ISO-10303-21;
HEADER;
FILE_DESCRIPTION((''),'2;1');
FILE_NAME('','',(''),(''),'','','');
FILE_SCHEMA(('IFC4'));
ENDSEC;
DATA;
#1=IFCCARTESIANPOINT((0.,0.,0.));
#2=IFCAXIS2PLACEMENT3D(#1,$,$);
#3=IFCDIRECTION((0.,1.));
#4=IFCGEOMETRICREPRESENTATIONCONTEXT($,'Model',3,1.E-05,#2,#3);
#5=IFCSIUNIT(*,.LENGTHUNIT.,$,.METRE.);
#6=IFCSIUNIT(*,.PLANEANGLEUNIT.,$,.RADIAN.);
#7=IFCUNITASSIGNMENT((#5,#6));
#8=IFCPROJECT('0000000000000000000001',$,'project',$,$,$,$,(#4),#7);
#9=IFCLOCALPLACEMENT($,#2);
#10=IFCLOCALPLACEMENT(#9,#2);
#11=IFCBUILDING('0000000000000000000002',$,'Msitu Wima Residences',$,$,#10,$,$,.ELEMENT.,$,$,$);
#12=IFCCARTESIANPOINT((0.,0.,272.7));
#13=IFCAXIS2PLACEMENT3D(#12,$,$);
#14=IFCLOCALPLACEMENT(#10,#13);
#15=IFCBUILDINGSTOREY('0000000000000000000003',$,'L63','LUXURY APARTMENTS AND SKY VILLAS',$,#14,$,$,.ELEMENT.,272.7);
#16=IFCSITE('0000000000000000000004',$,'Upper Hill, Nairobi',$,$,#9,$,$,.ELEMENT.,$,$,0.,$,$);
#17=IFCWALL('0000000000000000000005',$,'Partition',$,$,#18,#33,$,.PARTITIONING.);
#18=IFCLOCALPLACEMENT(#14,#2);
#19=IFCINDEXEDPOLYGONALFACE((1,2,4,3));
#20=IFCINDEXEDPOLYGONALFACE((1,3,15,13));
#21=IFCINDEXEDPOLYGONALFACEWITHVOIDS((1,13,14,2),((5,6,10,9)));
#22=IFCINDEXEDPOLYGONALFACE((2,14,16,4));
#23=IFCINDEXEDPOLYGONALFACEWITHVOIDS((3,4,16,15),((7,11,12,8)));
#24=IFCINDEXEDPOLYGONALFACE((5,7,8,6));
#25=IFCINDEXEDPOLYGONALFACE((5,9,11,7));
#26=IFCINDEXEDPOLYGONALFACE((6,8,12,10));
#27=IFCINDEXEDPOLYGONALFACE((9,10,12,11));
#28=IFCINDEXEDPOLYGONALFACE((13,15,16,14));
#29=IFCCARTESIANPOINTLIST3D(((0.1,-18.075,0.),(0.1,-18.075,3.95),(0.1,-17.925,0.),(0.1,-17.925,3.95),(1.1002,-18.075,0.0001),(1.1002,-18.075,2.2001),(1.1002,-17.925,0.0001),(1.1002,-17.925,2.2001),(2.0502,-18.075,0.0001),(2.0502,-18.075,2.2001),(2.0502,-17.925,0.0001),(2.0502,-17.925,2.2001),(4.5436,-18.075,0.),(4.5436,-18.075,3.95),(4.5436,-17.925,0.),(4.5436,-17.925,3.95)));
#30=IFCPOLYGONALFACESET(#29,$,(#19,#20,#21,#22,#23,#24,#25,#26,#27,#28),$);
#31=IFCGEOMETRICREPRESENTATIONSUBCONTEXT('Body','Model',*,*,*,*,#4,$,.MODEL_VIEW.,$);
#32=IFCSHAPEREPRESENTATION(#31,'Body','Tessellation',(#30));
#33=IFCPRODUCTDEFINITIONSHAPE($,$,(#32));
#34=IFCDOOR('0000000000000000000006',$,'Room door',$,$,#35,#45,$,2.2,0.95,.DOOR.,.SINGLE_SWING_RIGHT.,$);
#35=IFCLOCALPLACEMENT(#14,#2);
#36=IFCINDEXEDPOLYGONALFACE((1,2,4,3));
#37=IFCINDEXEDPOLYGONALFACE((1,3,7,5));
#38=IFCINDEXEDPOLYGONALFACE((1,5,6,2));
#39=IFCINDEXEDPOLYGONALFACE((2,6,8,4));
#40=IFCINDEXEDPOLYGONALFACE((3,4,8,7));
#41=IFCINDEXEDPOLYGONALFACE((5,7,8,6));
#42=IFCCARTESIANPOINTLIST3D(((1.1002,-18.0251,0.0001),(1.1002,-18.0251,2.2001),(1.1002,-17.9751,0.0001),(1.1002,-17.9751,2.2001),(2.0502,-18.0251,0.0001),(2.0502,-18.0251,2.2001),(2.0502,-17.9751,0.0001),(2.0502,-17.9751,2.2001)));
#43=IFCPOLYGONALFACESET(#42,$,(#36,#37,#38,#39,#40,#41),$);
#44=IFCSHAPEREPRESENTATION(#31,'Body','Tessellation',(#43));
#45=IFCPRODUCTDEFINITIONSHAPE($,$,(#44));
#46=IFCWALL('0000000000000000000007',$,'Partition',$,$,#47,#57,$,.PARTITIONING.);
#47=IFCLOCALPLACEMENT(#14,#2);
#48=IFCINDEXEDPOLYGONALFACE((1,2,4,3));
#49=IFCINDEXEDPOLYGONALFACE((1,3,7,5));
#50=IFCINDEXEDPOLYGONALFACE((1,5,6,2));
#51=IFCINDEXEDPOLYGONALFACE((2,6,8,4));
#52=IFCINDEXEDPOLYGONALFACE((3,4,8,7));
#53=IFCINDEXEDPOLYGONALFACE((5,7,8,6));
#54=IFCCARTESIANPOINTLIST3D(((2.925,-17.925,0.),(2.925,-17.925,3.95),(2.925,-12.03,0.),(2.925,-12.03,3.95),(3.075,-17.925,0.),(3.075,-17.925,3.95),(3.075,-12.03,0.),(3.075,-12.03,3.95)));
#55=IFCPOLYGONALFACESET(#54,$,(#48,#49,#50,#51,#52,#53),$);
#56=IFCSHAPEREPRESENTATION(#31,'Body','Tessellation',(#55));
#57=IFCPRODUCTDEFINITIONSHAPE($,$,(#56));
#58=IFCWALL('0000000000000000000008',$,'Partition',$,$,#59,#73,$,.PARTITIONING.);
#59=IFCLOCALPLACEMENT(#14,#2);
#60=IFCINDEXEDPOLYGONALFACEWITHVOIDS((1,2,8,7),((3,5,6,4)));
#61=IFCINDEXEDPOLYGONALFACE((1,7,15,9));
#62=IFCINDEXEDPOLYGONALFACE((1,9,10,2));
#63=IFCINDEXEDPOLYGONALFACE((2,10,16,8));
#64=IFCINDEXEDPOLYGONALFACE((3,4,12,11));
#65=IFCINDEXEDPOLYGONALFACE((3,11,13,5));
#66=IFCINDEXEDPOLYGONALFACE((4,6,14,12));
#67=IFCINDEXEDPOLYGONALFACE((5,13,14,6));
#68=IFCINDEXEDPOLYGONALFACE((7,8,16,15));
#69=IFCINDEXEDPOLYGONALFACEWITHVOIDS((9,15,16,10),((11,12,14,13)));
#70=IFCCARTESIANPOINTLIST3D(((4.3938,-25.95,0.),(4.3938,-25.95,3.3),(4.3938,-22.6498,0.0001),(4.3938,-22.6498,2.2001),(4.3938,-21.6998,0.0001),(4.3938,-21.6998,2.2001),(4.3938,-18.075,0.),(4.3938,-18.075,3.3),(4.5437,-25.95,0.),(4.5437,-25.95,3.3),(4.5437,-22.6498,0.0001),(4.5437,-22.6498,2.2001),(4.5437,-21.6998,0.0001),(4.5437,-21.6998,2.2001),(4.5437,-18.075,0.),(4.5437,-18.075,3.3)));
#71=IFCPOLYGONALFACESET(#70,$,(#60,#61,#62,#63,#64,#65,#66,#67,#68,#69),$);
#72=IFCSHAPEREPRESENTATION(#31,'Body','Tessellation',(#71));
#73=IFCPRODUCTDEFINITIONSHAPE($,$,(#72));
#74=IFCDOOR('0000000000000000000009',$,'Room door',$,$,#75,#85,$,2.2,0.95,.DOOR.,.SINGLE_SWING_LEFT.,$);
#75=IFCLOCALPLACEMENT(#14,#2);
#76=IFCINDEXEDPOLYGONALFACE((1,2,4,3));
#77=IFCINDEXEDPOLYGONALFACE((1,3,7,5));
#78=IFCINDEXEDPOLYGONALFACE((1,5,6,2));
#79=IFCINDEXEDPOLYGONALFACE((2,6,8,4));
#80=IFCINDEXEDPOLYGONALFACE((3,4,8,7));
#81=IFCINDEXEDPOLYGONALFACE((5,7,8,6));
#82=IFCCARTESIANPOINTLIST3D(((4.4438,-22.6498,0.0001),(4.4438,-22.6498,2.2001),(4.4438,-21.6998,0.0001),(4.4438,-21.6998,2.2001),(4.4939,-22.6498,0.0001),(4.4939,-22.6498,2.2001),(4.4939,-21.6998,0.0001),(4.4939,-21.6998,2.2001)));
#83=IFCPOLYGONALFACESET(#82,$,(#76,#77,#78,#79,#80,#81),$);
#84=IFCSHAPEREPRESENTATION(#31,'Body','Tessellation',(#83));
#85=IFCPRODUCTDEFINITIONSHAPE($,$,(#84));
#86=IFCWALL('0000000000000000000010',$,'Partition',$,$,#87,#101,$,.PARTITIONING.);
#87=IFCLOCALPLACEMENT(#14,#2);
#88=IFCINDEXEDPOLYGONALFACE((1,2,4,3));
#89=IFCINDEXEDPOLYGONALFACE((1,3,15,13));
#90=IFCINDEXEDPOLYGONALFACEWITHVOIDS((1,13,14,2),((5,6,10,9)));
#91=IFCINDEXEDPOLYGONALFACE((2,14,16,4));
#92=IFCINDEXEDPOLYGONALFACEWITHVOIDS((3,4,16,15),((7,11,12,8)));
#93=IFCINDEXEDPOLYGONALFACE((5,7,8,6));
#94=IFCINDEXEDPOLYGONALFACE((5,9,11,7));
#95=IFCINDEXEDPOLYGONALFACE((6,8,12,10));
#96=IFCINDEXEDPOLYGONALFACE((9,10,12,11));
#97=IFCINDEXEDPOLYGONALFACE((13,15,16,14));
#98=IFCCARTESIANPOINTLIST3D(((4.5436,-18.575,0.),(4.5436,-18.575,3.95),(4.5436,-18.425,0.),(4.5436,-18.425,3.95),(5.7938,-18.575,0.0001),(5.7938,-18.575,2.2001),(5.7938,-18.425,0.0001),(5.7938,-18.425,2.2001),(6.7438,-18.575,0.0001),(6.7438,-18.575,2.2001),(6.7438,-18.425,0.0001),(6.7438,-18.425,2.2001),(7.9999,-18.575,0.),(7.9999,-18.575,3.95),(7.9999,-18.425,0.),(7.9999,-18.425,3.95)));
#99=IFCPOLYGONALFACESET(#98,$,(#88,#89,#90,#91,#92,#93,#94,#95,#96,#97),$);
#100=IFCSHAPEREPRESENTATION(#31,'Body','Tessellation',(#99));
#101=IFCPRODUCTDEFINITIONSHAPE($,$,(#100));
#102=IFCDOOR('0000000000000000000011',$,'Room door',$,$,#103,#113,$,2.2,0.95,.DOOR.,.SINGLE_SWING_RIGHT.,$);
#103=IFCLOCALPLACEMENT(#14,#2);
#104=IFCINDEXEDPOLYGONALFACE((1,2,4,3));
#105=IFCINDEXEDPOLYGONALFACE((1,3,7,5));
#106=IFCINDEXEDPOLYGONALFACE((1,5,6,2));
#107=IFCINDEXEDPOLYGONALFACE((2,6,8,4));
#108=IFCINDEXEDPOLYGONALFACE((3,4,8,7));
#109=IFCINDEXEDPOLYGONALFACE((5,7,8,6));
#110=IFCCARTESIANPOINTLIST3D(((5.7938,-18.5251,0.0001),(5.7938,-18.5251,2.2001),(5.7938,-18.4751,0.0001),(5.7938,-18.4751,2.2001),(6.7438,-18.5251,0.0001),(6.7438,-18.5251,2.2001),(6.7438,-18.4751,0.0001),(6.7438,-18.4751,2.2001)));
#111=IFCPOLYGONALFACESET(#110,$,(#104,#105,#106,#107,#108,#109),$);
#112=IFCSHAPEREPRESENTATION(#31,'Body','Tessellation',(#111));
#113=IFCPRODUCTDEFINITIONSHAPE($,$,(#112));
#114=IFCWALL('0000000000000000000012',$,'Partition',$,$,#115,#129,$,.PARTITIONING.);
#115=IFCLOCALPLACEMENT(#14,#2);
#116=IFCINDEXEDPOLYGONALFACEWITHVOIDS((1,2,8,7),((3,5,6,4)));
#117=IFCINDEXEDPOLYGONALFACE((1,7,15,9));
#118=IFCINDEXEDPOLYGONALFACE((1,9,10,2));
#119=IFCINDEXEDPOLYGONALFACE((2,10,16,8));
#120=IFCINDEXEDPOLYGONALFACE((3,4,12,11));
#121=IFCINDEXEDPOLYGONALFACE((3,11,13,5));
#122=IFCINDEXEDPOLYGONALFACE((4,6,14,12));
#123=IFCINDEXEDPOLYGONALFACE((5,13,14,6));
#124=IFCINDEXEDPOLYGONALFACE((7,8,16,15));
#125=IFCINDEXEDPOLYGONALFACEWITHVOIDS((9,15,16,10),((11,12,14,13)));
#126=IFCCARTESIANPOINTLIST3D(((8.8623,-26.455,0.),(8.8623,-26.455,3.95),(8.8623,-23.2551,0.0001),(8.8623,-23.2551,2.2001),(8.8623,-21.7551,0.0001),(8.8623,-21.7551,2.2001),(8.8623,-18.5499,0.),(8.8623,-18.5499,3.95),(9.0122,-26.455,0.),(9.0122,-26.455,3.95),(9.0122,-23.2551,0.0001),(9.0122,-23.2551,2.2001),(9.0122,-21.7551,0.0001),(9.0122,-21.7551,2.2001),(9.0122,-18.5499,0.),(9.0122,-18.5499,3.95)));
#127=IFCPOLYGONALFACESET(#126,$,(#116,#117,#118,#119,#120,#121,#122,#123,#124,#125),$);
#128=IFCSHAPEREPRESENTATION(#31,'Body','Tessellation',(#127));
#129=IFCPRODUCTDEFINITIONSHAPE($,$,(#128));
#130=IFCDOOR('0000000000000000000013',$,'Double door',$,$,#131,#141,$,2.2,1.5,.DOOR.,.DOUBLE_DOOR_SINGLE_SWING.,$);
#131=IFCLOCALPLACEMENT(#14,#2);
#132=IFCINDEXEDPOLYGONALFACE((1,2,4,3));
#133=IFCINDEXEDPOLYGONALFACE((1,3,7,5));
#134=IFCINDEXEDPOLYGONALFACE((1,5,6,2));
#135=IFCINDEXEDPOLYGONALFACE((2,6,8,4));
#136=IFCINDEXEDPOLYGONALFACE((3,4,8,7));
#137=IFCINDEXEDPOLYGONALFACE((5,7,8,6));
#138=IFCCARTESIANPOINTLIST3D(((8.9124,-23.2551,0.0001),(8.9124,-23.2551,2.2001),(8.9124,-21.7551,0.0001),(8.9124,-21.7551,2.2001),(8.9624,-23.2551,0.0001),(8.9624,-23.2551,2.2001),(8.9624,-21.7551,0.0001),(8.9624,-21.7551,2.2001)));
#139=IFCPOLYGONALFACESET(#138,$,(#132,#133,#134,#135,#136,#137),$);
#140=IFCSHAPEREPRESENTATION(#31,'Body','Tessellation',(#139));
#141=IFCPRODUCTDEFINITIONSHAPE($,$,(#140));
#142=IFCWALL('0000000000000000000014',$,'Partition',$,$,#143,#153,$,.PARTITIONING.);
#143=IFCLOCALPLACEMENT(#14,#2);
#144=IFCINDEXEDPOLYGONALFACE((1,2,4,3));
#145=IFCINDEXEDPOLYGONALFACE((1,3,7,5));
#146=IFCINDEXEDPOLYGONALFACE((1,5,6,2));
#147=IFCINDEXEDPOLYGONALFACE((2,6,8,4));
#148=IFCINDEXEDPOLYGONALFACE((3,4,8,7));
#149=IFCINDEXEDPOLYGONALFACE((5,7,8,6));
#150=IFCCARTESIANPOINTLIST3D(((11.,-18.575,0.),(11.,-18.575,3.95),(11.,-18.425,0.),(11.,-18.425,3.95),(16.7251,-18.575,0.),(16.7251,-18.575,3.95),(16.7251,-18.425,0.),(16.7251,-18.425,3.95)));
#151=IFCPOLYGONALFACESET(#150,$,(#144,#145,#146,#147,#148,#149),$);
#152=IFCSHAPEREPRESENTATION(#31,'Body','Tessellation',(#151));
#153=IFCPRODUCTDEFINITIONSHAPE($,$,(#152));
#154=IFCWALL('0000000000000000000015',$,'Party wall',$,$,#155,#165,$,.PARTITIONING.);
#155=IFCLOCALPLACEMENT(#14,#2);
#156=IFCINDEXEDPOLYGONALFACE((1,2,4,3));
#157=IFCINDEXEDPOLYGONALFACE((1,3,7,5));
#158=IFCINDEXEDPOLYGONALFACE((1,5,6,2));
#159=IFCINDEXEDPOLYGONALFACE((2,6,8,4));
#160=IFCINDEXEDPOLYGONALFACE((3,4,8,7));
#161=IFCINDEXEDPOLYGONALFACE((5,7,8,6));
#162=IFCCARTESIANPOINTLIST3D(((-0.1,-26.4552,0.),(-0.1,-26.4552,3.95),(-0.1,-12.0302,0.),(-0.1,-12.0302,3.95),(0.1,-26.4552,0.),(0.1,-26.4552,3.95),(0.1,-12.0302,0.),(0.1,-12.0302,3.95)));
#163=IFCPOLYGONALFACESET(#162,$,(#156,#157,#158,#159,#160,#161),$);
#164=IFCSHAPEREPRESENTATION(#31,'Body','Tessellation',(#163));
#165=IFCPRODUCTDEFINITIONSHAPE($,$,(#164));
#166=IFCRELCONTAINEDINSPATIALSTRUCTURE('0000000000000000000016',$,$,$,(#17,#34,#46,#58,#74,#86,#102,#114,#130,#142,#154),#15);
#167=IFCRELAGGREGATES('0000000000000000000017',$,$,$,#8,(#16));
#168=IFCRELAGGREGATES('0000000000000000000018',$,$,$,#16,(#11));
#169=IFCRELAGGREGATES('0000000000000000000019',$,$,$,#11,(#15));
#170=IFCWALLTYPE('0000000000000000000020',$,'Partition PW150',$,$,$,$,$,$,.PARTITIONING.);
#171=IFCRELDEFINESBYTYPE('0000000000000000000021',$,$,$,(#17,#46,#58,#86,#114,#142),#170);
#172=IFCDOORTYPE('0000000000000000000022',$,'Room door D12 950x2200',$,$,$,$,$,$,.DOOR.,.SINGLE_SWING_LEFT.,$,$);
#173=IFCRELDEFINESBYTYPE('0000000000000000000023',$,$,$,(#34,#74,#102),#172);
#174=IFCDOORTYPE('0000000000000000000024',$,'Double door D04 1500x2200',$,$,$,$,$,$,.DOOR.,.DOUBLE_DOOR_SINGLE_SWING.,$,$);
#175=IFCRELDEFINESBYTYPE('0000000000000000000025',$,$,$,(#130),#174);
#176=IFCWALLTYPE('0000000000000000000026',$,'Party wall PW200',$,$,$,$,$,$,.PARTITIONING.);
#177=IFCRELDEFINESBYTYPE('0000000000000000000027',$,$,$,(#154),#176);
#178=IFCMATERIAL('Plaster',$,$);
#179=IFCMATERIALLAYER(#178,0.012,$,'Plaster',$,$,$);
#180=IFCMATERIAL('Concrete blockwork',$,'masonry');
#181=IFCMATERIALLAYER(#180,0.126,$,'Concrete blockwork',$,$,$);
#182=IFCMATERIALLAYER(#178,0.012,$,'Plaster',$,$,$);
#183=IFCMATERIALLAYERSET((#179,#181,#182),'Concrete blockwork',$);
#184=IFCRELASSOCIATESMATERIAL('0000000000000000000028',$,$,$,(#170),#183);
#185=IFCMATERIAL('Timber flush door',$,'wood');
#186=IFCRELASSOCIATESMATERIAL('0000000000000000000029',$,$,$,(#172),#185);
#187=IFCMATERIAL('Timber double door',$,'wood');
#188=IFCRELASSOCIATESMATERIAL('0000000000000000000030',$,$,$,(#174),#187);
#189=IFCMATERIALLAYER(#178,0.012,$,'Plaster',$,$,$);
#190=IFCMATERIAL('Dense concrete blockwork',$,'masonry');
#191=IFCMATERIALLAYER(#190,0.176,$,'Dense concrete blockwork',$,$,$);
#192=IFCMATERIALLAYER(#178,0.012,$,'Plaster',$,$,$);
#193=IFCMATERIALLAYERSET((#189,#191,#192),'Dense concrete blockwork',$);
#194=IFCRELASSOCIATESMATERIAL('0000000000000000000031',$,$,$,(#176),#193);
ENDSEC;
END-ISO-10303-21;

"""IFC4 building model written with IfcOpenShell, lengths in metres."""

from ifc_helpers import new_model, si_unit, direction, frame, frame_2d, origin, place, context, subcontext, project, spatial, rectangle, extrude, material, layer, layer_set, type_object, element, fill, save


model = new_model("IFC4")

# Units and contexts
model_context = context("Model", 3, precision=1e-05, world=origin(), true_north=direction((0.0, 1.0)))
body_context = subcontext(model_context, "Body", "Model", "MODEL_VIEW")
ifc_project = project(units=[si_unit("LENGTHUNIT", "METRE"), si_unit("PLANEANGLEUNIT", "RADIAN")], contexts=[model_context])

# Site, building, storey
site_placement = place(None, origin())
site = spatial("IfcSite", under=ifc_project, at=site_placement, Name="Upper Hill, Nairobi", CompositionType="ELEMENT", RefElevation=0.0)
building_placement = place(site_placement, origin())
building = spatial("IfcBuilding", under=site, at=building_placement, Name="Msitu Wima Residences", CompositionType="ELEMENT")
storey_placement = place(building_placement, frame((0.0, 0.0, 272.7)))
storey = spatial("IfcBuildingStorey", under=building, at=storey_placement, Name="L63", Description="LUXURY APARTMENTS AND SKY VILLAS", CompositionType="ELEMENT", Elevation=272.7)

# Wall, opening, door
ifc_material_1 = material(Name="Plaster")
ifc_layer_1 = layer(ifc_material_1, 0.012, Name="Plaster")
ifc_material_2 = material(Name="Concrete blockwork", Category="masonry")
ifc_layer_2 = layer(ifc_material_2, 0.126, Name="Concrete blockwork")
ifc_layer_3 = layer(ifc_material_1, 0.012, Name="Plaster")
ifc_layer_set_1 = layer_set([ifc_layer_1, ifc_layer_2, ifc_layer_3], Name="Concrete blockwork")
wall_type_1 = type_object("IfcWallType", Name="Partition PW150", PredefinedType="PARTITIONING", material=ifc_layer_set_1)
wall_1_placement = place(storey_placement, frame((0.1001, -18.0, 0.0), z_axis=(0.0, 0.0, 1.0), x_axis=(1.0, 0.0, 0.0)))
wall_1 = element("IfcWall", 1, at=wall_1_placement, inside=storey, type_object=wall_type_1, Name="Partition", PredefinedType="PARTITIONING", context=body_context, shape_type="SweptSolid", body=[
    extrude(rectangle(XDim=4.4436, YDim=0.1499, at=frame_2d((2.2217, 0.0))), origin(), (0.0, 0.0, 1.0), 3.95),
])
opening_1_placement = place(wall_1_placement, frame((1.0, 0.0, 0.0)))
opening_1 = element("IfcOpeningElement", 2, at=opening_1_placement, cuts=wall_1, PredefinedType="OPENING", context=body_context, shape_type="SweptSolid", body=[
    extrude(rectangle(XDim=0.95, YDim=2.2, at=frame_2d((0.4751, 1.1001))), frame((0.0, 0.085, 0.0), z_axis=(0.0, -1.0, 0.0), x_axis=(1.0, 0.0, 0.0)), (0.0, 0.0, 1.0), 0.1699),
])
ifc_material_3 = material(Name="Timber flush door", Category="wood")
door_type_1 = type_object("IfcDoorType", Name="Room door D12 950x2200", OperationType="SINGLE_SWING_LEFT", PredefinedType="DOOR", material=ifc_material_3)
door_1_placement = place(opening_1_placement, origin())
door_1 = element("IfcDoor", 3, at=door_1_placement, inside=storey, type_object=door_type_1, Name="Room door", OperationType="SINGLE_SWING_RIGHT", OverallHeight=2.2, OverallWidth=0.95, PredefinedType="DOOR", context=body_context, shape_type="SweptSolid", body=[
    extrude(rectangle(XDim=0.95, YDim=2.2, at=frame_2d((0.4751, 1.1001))), frame((0.0, 0.0249, 0.0), z_axis=(0.0, -1.0, 0.0), x_axis=(1.0, 0.0, 0.0)), (0.0, 0.0, 1.0), 0.05),
])
fill(opening_1, door_1)

# Wall
wall_2_placement = place(storey_placement, frame((3.0, -17.925, 0.0), z_axis=(0.0, 0.0, 1.0), x_axis=(0.0, 1.0, 0.0)))
element("IfcWall", 4, at=wall_2_placement, inside=storey, type_object=wall_type_1, Name="Partition", PredefinedType="PARTITIONING", context=body_context, shape_type="SweptSolid", body=[
    extrude(rectangle(XDim=5.895, YDim=0.1499, at=frame_2d((2.9475, 0.0))), origin(), (0.0, 0.0, 1.0), 3.95),
])

# Walls, openings, doors
wall_3_placement = place(storey_placement, frame((4.4688, -25.95, 0.0), z_axis=(0.0, 0.0, 1.0), x_axis=(0.0, 1.0, 0.0)))
wall_3 = element("IfcWall", 5, at=wall_3_placement, inside=storey, type_object=wall_type_1, Name="Partition", PredefinedType="PARTITIONING", context=body_context, shape_type="SweptSolid", body=[
    extrude(rectangle(XDim=7.875, YDim=0.1499, at=frame_2d((3.9375, 0.0))), origin(), (0.0, 0.0, 1.0), 3.3),
])
opening_2_placement = place(wall_3_placement, frame((3.3, 0.0, 0.0)))
opening_2 = element("IfcOpeningElement", 6, at=opening_2_placement, cuts=wall_3, PredefinedType="OPENING", context=body_context, shape_type="SweptSolid", body=[
    extrude(rectangle(XDim=0.95, YDim=2.2, at=frame_2d((0.4751, 1.1001))), frame((0.0, 0.085, 0.0), z_axis=(0.0, -1.0, 0.0), x_axis=(1.0, 0.0, 0.0)), (0.0, 0.0, 1.0), 0.1699),
])
door_2_placement = place(opening_2_placement, origin())
door_2 = element("IfcDoor", 7, at=door_2_placement, inside=storey, type_object=door_type_1, Name="Room door", OperationType="SINGLE_SWING_LEFT", OverallHeight=2.2, OverallWidth=0.95, PredefinedType="DOOR", context=body_context, shape_type="SweptSolid", body=[
    extrude(rectangle(XDim=0.95, YDim=2.2, at=frame_2d((0.4751, 1.1001))), frame((0.0, 0.0249, 0.0), z_axis=(0.0, -1.0, 0.0), x_axis=(1.0, 0.0, 0.0)), (0.0, 0.0, 1.0), 0.05),
])
fill(opening_2, door_2)
wall_4_placement = place(storey_placement, frame((4.5437, -18.5, 0.0), z_axis=(0.0, 0.0, 1.0), x_axis=(1.0, 0.0, 0.0)))
wall_4 = element("IfcWall", 8, at=wall_4_placement, inside=storey, type_object=wall_type_1, Name="Partition", PredefinedType="PARTITIONING", context=body_context, shape_type="SweptSolid", body=[
    extrude(rectangle(XDim=3.4563, YDim=0.1499, at=frame_2d((1.728, 0.0))), origin(), (0.0, 0.0, 1.0), 3.95),
])
opening_3_placement = place(wall_4_placement, frame((1.25, 0.0, 0.0)))
opening_3 = element("IfcOpeningElement", 9, at=opening_3_placement, cuts=wall_4, PredefinedType="OPENING", context=body_context, shape_type="SweptSolid", body=[
    extrude(rectangle(XDim=0.95, YDim=2.2, at=frame_2d((0.4751, 1.1001))), frame((0.0, 0.085, 0.0), z_axis=(0.0, -1.0, 0.0), x_axis=(1.0, 0.0, 0.0)), (0.0, 0.0, 1.0), 0.1699),
])
door_3_placement = place(opening_3_placement, origin())
door_3 = element("IfcDoor", 10, at=door_3_placement, inside=storey, type_object=door_type_1, Name="Room door", OperationType="SINGLE_SWING_RIGHT", OverallHeight=2.2, OverallWidth=0.95, PredefinedType="DOOR", context=body_context, shape_type="SweptSolid", body=[
    extrude(rectangle(XDim=0.95, YDim=2.2, at=frame_2d((0.4751, 1.1001))), frame((0.0, 0.0249, 0.0), z_axis=(0.0, -1.0, 0.0), x_axis=(1.0, 0.0, 0.0)), (0.0, 0.0, 1.0), 0.05),
])
fill(opening_3, door_3)
wall_5_placement = place(storey_placement, frame((8.9373, -26.4551, 0.0), z_axis=(0.0, 0.0, 1.0), x_axis=(0.0, 1.0, 0.0)))
wall_5 = element("IfcWall", 11, at=wall_5_placement, inside=storey, type_object=wall_type_1, Name="Partition", PredefinedType="PARTITIONING", context=body_context, shape_type="SweptSolid", body=[
    extrude(rectangle(XDim=7.905, YDim=0.1499, at=frame_2d((3.9526, 0.0))), origin(), (0.0, 0.0, 1.0), 3.95),
])
opening_4_placement = place(wall_5_placement, frame((3.2, 0.0, 0.0)))
opening_4 = element("IfcOpeningElement", 12, at=opening_4_placement, cuts=wall_5, PredefinedType="OPENING", context=body_context, shape_type="SweptSolid", body=[
    extrude(rectangle(XDim=1.5, YDim=2.2, at=frame_2d((0.75, 1.1001))), frame((0.0, 0.085, 0.0), z_axis=(0.0, -1.0, 0.0), x_axis=(1.0, 0.0, 0.0)), (0.0, 0.0, 1.0), 0.1699),
])
ifc_material_4 = material(Name="Timber double door", Category="wood")
door_type_2 = type_object("IfcDoorType", Name="Double door D04 1500x2200", OperationType="DOUBLE_DOOR_SINGLE_SWING", PredefinedType="DOOR", material=ifc_material_4)
door_4_placement = place(opening_4_placement, origin())
door_4 = element("IfcDoor", 13, at=door_4_placement, inside=storey, type_object=door_type_2, Name="Double door", OperationType="DOUBLE_DOOR_SINGLE_SWING", OverallHeight=2.2, OverallWidth=1.5, PredefinedType="DOOR", context=body_context, shape_type="SweptSolid", body=[
    extrude(rectangle(XDim=1.5, YDim=2.2, at=frame_2d((0.75, 1.1001))), frame((0.0, 0.0249, 0.0), z_axis=(0.0, -1.0, 0.0), x_axis=(1.0, 0.0, 0.0)), (0.0, 0.0, 1.0), 0.05),
])
fill(opening_4, door_4)

# Walls
wall_6_placement = place(storey_placement, frame((11.0, -18.5, 0.0), z_axis=(0.0, 0.0, 1.0), x_axis=(1.0, 0.0, 0.0)))
element("IfcWall", 14, at=wall_6_placement, inside=storey, type_object=wall_type_1, Name="Partition", PredefinedType="PARTITIONING", context=body_context, shape_type="SweptSolid", body=[
    extrude(rectangle(XDim=5.7251, YDim=0.1499, at=frame_2d((2.8625, 0.0))), origin(), (0.0, 0.0, 1.0), 3.95),
])
ifc_layer_4 = layer(ifc_material_1, 0.012, Name="Plaster")
ifc_material_5 = material(Name="Dense concrete blockwork", Category="masonry")
ifc_layer_5 = layer(ifc_material_5, 0.176, Name="Dense concrete blockwork")
ifc_layer_6 = layer(ifc_material_1, 0.012, Name="Plaster")
ifc_layer_set_2 = layer_set([ifc_layer_4, ifc_layer_5, ifc_layer_6], Name="Dense concrete blockwork")
wall_type_2 = type_object("IfcWallType", Name="Party wall PW200", PredefinedType="PARTITIONING", material=ifc_layer_set_2)
wall_7_placement = place(storey_placement, frame((0.0, -26.4551, 0.0), z_axis=(0.0, 0.0, 1.0), x_axis=(0.0, 1.0, 0.0)))
element("IfcWall", 15, at=wall_7_placement, inside=storey, type_object=wall_type_2, Name="Party wall", PredefinedType="PARTITIONING", context=body_context, shape_type="SweptSolid", body=[
    extrude(rectangle(XDim=14.425, YDim=0.2, at=frame_2d((7.2124, 0.0))), origin(), (0.0, 0.0, 1.0), 3.95),
])

save(model, "model.ifc")
